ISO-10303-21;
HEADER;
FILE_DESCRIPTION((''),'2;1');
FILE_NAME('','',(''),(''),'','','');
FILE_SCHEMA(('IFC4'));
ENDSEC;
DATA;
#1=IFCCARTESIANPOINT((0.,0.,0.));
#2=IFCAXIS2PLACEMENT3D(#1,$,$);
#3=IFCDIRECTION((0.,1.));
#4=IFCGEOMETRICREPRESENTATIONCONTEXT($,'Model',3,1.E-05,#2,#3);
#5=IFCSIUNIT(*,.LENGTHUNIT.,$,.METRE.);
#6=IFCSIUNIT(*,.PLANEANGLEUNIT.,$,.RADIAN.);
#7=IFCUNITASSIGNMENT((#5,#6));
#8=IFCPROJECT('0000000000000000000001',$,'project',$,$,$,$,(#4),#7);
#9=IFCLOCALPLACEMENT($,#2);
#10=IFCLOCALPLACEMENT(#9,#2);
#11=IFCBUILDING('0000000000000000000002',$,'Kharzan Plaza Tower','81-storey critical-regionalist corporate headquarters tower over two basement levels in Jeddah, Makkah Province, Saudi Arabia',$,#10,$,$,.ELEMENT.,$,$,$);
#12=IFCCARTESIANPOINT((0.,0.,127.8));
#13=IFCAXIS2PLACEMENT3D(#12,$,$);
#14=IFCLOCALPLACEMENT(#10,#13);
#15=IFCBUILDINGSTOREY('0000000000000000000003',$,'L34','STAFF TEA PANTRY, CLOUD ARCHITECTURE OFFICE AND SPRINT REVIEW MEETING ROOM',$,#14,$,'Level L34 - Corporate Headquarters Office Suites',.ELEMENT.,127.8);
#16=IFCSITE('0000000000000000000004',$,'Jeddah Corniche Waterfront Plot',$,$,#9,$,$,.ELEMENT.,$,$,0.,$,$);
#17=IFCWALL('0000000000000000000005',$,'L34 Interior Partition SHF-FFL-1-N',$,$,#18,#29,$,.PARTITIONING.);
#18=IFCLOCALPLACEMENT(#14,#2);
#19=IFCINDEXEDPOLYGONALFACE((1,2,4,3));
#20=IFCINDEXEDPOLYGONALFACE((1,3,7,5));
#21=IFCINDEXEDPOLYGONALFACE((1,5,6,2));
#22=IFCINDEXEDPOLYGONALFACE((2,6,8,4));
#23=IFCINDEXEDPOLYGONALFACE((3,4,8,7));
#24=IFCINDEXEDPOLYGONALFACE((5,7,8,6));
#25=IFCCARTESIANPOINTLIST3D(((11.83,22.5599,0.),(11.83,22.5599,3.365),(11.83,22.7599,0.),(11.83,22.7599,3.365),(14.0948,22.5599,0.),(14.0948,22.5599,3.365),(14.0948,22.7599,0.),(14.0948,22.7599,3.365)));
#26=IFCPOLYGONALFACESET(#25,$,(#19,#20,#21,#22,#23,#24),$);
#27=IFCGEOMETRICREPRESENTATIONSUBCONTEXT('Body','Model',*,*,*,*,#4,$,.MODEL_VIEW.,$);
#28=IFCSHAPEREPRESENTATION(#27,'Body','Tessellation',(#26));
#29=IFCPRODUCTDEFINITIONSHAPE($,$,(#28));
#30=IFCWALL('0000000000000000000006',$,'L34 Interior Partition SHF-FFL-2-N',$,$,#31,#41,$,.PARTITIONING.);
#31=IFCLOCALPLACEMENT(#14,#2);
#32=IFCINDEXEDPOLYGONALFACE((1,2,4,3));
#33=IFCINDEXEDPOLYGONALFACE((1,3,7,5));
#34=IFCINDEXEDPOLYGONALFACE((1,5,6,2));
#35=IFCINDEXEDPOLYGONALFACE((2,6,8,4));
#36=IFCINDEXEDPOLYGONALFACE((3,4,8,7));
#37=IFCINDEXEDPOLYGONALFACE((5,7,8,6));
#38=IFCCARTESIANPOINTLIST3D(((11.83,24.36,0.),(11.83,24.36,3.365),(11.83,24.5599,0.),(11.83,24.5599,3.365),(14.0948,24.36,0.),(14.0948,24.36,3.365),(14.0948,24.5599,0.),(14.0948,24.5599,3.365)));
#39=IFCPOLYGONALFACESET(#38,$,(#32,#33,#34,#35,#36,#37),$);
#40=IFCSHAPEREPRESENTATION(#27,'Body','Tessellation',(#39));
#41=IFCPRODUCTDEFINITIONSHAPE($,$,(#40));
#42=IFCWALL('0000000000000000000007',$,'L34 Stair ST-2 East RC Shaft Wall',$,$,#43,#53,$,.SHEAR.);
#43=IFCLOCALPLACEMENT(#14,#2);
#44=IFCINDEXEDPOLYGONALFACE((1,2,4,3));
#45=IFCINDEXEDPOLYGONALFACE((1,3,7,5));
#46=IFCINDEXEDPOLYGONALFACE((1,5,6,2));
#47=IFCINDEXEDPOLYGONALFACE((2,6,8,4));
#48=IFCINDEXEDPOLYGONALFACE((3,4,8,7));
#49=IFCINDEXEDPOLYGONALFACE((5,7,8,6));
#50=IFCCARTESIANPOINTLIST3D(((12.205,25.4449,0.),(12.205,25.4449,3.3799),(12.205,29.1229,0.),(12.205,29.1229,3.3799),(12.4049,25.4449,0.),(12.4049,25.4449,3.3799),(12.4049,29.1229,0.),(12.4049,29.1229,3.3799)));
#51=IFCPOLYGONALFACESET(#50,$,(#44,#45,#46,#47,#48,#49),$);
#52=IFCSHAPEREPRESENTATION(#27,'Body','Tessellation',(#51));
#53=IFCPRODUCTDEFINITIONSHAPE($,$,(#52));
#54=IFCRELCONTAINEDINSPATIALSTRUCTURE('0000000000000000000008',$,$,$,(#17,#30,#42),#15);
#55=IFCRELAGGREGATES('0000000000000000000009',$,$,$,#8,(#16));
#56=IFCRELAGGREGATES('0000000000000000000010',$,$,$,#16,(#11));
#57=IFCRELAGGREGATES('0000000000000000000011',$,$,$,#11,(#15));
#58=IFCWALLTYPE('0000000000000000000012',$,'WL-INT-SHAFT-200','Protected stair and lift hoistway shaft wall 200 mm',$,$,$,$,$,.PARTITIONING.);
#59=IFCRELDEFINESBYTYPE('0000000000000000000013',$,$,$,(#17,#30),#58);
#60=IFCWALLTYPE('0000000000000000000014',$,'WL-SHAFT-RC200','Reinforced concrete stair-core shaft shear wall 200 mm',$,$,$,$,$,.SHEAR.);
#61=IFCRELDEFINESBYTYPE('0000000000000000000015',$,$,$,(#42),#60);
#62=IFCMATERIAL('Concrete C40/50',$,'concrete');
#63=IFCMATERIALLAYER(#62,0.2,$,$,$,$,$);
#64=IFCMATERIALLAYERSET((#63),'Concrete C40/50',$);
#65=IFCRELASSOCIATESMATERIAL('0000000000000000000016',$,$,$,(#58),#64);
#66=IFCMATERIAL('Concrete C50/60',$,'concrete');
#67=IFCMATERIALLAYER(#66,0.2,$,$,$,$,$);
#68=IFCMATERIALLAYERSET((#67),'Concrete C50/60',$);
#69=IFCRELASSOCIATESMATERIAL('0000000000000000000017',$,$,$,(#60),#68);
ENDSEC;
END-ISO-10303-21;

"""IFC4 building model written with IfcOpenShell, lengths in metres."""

from ifc_helpers import new_model, si_unit, direction, frame, frame_2d, origin, place, context, subcontext, project, spatial, rectangle, extrude, source, transform, mapped, material, layer, layer_set, type_object, element, save


model = new_model("IFC4")

# Units and contexts
model_context = context("Model", 3, precision=1e-05, world=origin(), true_north=direction((0.0, 1.0)))
body_context = subcontext(model_context, "Body", "Model", "MODEL_VIEW")
ifc_project = project(units=[si_unit("LENGTHUNIT", "METRE"), si_unit("PLANEANGLEUNIT", "RADIAN")], contexts=[model_context])

# Site, building, storey
site_placement = place(None, origin())
site = spatial("IfcSite", under=ifc_project, at=site_placement, Name="Jeddah Corniche Waterfront Plot", CompositionType="ELEMENT", RefElevation=0.0)
building_placement = place(site_placement, origin())
building = spatial("IfcBuilding", under=site, at=building_placement, Name="Kharzan Plaza Tower", Description="81-storey critical-regionalist corporate headquarters tower over two basement levels in Jeddah, Makkah Province, Saudi Arabia", CompositionType="ELEMENT")
storey_placement = place(building_placement, frame((0.0, 0.0, 127.8)))
storey = spatial("IfcBuildingStorey", under=building, at=storey_placement, Name="L34", Description="STAFF TEA PANTRY, CLOUD ARCHITECTURE OFFICE AND SPRINT REVIEW MEETING ROOM", LongName="Level L34 - Corporate Headquarters Office Suites", CompositionType="ELEMENT", Elevation=127.8)

# Shared definitions
ifc_material_1 = material(Name="Concrete C40/50", Category="concrete")
ifc_layer_1 = layer(ifc_material_1, 0.2)
ifc_layer_set_1 = layer_set([ifc_layer_1], Name="Concrete C40/50")
wall_type_1 = type_object("IfcWallType", Name="WL-INT-SHAFT-200", Description="Protected stair and lift hoistway shaft wall 200 mm", PredefinedType="PARTITIONING", material=ifc_layer_set_1)

# Walls
shared_shape_1 = source(origin(), body_context, "Body", "SweptSolid", [
    extrude(rectangle(XDim=2.2649, YDim=0.2, at=frame_2d((1.1323, 0.0))), origin(), (0.0, 0.0, 1.0), 3.365),
])
for number, where, z_axis, x_axis, name in (
    (1, (11.8301, 22.6599, 0.0), (0.0, 0.0, 1.0), (1.0, 0.0, 0.0), "L34 Interior Partition SHF-FFL-1-N"),
    (2, (11.8301, 24.46, 0.0), (0.0, 0.0, 1.0), (1.0, 0.0, 0.0), "L34 Interior Partition SHF-FFL-2-N"),
):
    element("IfcWall", number, at=place(storey_placement, frame(where, z_axis=z_axis, x_axis=x_axis)), inside=storey, type_object=wall_type_1, Name=name, PredefinedType="PARTITIONING", context=body_context, shape_type="MappedRepresentation", body=[
        mapped(shared_shape_1, transform((0.0, 0.0, 0.0), x_axis=(1.0, 0.0, 0.0), y_axis=(0.0, 1.0, 0.0), z_axis=(0.0, 0.0, 1.0))),
    ])
ifc_material_2 = material(Name="Concrete C50/60", Category="concrete")
ifc_layer_2 = layer(ifc_material_2, 0.2)
ifc_layer_set_2 = layer_set([ifc_layer_2], Name="Concrete C50/60")
wall_type_2 = type_object("IfcWallType", Name="WL-SHAFT-RC200", Description="Reinforced concrete stair-core shaft shear wall 200 mm", PredefinedType="SHEAR", material=ifc_layer_set_2)
shared_shape_2 = source(origin(), body_context, "Body", "SweptSolid", [
    extrude(rectangle(XDim=3.678, YDim=0.2, at=frame_2d((1.8389, 0.0))), origin(), (0.0, 0.0, 1.0), 3.3799),
])
wall_1_placement = place(storey_placement, frame((12.3049, 25.4451, 0.0), z_axis=(0.0, 0.0, 1.0), x_axis=(0.0, 1.0, 0.0)))
element("IfcWall", 3, at=wall_1_placement, inside=storey, type_object=wall_type_2, Name="L34 Stair ST-2 East RC Shaft Wall", PredefinedType="SHEAR", context=body_context, shape_type="MappedRepresentation", body=[
    mapped(shared_shape_2, transform((0.0, 0.0, 0.0), x_axis=(1.0, 0.0, 0.0), y_axis=(0.0, 1.0, 0.0), z_axis=(0.0, 0.0, 1.0))),
])

save(model, "model.ifc")
